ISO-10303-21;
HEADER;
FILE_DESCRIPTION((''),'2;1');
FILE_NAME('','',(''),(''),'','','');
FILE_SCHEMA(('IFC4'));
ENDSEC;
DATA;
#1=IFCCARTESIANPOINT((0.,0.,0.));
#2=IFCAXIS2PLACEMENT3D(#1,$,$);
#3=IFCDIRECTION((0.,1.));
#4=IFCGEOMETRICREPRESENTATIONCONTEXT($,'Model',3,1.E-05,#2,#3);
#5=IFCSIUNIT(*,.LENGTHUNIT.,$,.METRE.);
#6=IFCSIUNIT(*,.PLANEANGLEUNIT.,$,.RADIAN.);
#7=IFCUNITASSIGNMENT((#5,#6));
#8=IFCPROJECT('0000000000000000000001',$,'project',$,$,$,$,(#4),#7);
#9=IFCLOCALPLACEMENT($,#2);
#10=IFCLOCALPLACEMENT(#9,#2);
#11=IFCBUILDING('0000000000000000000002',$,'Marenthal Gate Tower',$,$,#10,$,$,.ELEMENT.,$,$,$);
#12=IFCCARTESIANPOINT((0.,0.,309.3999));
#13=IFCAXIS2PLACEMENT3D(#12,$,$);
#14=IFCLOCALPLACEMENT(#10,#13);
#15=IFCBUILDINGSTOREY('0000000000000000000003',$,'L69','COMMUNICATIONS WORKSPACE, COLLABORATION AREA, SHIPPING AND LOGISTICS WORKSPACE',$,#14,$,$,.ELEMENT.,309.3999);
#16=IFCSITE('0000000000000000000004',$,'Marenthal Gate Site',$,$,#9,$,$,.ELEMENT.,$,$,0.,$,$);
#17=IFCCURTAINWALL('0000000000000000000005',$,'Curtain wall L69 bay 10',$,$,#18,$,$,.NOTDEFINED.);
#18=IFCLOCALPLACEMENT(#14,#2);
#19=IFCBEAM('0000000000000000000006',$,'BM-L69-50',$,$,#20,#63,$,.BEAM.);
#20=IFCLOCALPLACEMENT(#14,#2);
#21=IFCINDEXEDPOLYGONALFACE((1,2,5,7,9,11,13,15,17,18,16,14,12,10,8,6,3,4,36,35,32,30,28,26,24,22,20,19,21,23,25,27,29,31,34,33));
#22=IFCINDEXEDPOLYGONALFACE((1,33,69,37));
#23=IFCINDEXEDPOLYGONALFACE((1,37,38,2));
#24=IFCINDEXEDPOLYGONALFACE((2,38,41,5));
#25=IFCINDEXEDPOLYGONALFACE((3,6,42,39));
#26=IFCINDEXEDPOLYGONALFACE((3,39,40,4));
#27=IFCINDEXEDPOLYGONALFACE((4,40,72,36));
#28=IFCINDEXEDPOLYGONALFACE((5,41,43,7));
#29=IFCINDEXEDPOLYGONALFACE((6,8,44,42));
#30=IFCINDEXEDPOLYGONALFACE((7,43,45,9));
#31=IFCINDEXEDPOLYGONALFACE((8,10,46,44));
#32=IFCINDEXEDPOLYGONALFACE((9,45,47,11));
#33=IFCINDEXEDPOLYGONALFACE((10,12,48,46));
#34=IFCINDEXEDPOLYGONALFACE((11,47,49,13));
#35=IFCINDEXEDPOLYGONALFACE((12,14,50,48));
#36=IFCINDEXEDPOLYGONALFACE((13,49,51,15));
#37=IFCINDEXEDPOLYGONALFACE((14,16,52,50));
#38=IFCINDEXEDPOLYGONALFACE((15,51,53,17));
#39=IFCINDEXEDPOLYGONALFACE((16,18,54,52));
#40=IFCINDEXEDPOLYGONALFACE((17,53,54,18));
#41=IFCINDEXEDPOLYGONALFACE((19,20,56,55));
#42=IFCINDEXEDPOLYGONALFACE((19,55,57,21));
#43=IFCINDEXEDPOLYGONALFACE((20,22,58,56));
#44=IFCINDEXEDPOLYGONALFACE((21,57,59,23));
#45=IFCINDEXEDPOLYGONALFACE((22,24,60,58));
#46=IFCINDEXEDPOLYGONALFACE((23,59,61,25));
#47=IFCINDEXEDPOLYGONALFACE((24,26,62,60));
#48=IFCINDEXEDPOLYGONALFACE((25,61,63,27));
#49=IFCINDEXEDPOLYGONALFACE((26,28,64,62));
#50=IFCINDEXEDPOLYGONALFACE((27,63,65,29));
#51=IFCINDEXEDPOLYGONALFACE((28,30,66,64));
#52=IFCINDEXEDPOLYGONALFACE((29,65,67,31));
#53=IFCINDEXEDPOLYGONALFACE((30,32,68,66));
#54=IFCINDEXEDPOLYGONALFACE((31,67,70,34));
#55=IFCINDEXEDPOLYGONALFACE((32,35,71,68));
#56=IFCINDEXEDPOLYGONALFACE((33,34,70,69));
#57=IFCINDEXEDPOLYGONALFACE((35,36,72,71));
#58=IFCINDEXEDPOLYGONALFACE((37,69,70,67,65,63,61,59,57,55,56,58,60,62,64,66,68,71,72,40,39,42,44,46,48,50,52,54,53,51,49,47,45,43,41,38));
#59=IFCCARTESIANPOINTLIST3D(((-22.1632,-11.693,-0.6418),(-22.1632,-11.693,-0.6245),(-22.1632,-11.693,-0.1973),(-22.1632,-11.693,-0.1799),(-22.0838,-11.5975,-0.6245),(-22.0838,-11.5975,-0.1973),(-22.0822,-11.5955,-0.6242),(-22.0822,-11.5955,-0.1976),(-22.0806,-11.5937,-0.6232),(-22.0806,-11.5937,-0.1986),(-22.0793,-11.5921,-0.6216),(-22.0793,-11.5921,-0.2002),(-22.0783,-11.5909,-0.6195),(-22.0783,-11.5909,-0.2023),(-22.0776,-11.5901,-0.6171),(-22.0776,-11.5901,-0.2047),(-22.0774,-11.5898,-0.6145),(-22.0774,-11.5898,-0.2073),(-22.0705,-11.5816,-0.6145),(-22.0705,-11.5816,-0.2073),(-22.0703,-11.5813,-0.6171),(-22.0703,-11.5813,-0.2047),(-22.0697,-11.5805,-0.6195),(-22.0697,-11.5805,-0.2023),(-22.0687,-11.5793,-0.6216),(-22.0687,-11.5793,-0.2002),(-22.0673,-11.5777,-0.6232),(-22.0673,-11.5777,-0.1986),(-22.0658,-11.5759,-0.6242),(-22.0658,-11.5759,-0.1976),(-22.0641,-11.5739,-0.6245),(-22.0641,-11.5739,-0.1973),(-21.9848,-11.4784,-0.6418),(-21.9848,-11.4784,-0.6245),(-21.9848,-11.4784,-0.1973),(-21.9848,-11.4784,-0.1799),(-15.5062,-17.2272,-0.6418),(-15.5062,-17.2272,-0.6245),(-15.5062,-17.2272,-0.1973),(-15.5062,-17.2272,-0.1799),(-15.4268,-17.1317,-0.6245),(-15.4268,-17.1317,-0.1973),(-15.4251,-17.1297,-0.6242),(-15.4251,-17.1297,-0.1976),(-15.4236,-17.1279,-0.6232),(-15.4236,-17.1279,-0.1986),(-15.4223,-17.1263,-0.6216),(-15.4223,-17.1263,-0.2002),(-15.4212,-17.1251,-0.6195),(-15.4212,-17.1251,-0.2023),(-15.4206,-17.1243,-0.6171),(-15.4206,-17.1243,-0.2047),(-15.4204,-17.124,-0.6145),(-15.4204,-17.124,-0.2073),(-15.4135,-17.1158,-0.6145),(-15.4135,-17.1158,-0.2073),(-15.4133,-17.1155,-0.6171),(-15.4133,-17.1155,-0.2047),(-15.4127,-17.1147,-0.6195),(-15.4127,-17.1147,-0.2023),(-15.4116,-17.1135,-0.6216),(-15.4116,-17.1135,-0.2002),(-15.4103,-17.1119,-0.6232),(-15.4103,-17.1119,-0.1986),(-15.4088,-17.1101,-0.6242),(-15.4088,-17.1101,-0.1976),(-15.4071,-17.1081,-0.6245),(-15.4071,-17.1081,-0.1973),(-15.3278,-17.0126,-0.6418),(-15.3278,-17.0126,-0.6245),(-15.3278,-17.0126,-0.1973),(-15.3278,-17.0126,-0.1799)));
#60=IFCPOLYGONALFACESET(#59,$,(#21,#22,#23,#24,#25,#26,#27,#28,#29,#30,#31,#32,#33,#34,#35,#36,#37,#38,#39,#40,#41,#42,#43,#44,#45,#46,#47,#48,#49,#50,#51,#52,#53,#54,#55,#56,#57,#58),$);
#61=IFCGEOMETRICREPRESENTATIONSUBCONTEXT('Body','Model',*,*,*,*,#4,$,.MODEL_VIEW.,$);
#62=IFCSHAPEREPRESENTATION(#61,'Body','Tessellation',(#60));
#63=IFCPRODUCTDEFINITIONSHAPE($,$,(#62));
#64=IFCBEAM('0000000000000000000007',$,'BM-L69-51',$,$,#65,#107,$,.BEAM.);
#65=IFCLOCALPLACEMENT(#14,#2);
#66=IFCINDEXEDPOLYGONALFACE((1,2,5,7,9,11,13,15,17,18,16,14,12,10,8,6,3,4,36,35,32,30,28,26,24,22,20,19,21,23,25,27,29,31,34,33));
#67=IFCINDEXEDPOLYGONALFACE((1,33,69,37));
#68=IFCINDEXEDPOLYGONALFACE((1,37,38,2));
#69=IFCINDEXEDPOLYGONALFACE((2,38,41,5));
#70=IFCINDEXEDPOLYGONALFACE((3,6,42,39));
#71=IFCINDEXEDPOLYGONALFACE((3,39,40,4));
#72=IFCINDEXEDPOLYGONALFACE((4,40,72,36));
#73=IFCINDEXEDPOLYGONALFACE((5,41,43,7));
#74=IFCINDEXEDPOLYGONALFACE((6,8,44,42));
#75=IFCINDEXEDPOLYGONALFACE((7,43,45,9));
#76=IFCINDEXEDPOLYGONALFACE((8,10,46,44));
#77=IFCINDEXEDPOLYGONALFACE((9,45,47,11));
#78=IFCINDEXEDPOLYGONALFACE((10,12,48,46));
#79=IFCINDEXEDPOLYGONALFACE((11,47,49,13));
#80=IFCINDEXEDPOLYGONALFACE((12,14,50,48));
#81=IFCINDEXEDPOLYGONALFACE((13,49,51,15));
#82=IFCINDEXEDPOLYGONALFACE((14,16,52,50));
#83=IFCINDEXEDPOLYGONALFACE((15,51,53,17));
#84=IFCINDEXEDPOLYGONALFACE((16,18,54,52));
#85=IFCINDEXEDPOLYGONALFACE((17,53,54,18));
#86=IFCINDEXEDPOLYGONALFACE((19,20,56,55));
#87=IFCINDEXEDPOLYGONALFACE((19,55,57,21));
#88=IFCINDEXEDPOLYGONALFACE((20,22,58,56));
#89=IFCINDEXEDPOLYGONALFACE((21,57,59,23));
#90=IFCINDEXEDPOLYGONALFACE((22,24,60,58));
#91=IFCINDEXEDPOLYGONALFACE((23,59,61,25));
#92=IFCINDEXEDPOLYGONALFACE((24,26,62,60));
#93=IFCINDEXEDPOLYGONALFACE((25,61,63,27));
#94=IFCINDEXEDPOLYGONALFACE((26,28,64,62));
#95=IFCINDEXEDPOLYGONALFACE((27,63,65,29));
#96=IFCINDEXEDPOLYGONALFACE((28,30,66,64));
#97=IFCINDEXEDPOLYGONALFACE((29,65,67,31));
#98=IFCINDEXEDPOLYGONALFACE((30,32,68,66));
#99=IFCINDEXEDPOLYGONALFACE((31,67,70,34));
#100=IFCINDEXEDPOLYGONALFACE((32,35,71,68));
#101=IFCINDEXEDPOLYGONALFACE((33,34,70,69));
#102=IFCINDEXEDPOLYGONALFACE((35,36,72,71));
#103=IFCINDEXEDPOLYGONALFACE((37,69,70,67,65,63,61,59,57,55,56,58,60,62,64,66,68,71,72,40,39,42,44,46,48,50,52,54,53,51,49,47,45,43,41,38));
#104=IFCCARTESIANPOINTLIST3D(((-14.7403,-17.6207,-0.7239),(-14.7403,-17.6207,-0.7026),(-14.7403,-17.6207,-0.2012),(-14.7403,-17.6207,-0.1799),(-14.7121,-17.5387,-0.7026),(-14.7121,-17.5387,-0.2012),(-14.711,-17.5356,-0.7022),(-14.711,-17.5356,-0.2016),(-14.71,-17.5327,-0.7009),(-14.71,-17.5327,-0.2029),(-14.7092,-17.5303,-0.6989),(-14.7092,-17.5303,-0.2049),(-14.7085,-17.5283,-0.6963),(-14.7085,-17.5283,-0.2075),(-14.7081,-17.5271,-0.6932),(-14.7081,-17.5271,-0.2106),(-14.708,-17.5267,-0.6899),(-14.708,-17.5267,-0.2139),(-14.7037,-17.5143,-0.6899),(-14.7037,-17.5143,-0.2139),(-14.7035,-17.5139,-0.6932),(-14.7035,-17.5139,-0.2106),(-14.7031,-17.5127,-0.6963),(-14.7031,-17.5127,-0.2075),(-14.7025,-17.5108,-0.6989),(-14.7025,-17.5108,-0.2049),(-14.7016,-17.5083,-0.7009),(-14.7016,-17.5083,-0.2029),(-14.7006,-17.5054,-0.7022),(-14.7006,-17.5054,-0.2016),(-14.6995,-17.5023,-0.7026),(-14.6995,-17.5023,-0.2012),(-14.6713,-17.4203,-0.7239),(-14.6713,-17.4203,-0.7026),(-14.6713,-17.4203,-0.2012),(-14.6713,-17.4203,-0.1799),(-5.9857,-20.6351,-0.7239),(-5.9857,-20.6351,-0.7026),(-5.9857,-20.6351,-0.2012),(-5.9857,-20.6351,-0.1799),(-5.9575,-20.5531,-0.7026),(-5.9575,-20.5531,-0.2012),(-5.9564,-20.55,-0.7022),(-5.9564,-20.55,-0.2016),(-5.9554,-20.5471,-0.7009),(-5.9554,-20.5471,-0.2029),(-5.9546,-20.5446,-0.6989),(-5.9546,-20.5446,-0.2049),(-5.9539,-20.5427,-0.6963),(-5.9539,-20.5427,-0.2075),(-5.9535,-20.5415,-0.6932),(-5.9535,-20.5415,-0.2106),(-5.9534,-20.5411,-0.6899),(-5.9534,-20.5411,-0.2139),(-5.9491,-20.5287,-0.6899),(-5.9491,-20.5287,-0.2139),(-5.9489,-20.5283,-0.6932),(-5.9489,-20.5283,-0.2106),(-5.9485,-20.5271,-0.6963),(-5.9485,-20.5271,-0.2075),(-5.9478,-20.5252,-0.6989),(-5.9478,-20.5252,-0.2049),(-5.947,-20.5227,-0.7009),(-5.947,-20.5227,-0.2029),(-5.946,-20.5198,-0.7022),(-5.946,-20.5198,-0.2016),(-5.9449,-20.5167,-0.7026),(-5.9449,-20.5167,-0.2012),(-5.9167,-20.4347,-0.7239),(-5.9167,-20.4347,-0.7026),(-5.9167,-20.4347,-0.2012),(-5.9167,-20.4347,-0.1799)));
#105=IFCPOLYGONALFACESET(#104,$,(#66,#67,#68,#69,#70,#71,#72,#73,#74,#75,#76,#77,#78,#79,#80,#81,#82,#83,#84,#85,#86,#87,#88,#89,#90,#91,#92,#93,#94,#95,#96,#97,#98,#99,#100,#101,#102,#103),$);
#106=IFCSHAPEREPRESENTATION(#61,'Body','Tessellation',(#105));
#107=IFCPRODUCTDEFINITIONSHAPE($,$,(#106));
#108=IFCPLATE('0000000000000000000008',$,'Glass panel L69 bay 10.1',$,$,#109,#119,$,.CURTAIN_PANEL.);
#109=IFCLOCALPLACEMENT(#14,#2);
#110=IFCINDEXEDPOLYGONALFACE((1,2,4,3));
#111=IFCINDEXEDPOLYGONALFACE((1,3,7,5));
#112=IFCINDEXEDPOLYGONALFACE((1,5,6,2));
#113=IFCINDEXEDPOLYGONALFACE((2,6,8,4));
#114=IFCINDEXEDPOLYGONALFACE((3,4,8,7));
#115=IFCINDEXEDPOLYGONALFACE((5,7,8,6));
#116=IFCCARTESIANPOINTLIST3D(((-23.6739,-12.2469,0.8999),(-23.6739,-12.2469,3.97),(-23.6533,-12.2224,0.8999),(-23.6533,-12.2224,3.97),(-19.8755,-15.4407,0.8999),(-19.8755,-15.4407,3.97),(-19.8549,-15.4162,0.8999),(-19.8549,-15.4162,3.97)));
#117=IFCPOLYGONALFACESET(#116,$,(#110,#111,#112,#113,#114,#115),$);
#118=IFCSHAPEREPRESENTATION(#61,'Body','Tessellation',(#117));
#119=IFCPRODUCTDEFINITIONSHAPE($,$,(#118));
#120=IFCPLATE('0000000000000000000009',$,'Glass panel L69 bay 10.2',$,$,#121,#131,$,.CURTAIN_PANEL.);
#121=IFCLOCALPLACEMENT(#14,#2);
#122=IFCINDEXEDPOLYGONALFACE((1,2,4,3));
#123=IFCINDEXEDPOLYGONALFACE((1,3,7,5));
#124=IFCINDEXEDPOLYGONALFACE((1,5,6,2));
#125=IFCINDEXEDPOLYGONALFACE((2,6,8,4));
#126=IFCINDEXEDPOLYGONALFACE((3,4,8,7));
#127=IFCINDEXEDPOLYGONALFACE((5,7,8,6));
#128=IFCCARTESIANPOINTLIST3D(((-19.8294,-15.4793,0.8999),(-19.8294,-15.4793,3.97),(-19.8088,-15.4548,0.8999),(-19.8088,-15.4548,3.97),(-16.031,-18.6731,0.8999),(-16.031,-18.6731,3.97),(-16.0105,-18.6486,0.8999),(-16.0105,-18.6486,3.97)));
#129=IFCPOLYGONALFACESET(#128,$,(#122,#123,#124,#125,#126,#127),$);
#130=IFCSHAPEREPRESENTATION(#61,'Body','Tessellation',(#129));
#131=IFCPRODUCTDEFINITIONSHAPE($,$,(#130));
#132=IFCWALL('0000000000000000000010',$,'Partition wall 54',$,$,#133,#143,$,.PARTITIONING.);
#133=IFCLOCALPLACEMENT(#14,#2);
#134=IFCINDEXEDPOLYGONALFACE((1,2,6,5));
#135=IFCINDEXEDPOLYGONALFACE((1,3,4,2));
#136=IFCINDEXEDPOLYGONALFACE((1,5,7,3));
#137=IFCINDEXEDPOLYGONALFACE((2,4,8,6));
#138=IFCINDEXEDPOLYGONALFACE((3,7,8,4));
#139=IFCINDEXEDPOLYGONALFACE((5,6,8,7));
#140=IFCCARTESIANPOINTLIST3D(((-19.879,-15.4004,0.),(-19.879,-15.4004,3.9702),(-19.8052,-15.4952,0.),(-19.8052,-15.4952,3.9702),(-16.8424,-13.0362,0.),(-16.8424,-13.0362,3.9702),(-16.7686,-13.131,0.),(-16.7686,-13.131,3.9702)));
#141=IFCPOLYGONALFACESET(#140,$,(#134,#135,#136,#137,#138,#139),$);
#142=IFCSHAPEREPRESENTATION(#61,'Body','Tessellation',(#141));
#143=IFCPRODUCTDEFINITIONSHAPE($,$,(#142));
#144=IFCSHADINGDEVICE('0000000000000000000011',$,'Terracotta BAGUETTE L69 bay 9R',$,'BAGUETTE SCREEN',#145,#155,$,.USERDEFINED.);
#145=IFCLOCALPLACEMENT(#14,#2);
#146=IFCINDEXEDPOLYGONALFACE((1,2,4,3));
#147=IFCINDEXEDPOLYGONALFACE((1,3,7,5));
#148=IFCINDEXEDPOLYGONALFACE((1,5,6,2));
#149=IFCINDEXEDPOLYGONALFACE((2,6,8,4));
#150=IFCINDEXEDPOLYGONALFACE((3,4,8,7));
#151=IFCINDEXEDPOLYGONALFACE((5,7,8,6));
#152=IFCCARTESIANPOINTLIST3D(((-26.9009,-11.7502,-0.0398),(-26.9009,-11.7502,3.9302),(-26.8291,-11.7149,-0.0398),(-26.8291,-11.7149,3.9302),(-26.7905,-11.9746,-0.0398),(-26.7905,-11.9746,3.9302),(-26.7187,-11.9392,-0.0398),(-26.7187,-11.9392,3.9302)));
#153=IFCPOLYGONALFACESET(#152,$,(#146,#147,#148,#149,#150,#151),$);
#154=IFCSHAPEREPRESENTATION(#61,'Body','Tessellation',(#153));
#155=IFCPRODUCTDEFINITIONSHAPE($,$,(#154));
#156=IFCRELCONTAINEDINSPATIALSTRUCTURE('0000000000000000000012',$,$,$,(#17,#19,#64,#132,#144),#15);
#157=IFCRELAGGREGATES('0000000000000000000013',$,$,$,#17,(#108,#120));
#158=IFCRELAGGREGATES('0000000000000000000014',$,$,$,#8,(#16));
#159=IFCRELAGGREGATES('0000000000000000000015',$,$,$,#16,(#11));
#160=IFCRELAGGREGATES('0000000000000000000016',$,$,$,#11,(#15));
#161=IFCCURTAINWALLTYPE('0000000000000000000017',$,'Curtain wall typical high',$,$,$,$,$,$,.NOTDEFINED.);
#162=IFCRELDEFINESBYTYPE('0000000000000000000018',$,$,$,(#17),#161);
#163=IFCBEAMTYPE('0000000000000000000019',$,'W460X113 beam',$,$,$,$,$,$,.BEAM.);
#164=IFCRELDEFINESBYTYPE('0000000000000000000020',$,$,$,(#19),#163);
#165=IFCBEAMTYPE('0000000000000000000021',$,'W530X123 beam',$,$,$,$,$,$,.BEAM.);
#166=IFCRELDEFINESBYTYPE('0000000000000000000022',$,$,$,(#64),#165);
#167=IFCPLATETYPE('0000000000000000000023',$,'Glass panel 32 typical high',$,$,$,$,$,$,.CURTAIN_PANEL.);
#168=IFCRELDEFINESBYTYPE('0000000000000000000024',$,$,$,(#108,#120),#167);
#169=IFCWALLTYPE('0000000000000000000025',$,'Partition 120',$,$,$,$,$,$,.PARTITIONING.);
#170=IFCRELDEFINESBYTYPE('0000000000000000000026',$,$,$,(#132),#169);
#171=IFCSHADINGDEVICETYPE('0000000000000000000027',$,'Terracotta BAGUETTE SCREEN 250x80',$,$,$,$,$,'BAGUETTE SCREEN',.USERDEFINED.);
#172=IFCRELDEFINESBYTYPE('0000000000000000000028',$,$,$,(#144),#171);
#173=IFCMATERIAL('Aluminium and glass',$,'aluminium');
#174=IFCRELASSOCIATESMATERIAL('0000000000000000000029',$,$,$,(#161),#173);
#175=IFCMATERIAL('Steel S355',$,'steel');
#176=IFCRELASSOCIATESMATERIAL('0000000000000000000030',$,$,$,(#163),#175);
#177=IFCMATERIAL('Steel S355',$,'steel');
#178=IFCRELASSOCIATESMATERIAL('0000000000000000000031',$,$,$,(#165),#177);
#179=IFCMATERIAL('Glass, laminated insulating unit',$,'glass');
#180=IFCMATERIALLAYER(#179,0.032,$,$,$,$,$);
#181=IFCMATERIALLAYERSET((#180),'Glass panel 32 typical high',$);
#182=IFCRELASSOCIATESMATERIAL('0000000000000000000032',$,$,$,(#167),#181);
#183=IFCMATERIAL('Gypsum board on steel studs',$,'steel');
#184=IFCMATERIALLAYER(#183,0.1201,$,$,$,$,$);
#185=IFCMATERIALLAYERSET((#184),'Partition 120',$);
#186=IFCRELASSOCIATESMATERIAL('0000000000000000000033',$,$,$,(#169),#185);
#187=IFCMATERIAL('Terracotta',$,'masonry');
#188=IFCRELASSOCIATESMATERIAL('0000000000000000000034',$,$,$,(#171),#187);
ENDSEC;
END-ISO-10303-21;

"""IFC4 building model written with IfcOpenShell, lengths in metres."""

from ifc_helpers import new_model, si_unit, direction, frame, frame_2d, origin, origin_2d, place, context, subcontext, project, spatial, rectangle, i_section, extrude, material, layer, layer_set, material_profile, profile_set, type_object, element, aggregate, save


model = new_model("IFC4")

# Units and contexts
model_context = context("Model", 3, precision=1e-05, world=origin(), true_north=direction((0.0, 1.0)))
body_context = subcontext(model_context, "Body", "Model", "MODEL_VIEW")
ifc_project = project(units=[si_unit("LENGTHUNIT", "METRE"), si_unit("PLANEANGLEUNIT", "RADIAN")], contexts=[model_context])

# Site, building, storey
site_placement = place(None, origin())
site = spatial("IfcSite", under=ifc_project, at=site_placement, Name="Marenthal Gate Site", CompositionType="ELEMENT", RefElevation=0.0)
building_placement = place(site_placement, origin())
building = spatial("IfcBuilding", under=site, at=building_placement, Name="Marenthal Gate Tower", CompositionType="ELEMENT")
storey_placement = place(building_placement, frame((0.0, 0.0, 309.3999)))
storey = spatial("IfcBuildingStorey", under=building, at=storey_placement, Name="L69", Description="COMMUNICATIONS WORKSPACE, COLLABORATION AREA, SHIPPING AND LOGISTICS WORKSPACE", CompositionType="ELEMENT", Elevation=309.3999)

# Curtain wall
ifc_material_1 = material(Name="Aluminium and glass", Category="aluminium")
curtain_wall_type = type_object("IfcCurtainWallType", Name="Curtain wall typical high", PredefinedType="NOTDEFINED", material=ifc_material_1)
curtain_wall_placement = place(storey_placement, origin())
curtain_wall = element("IfcCurtainWall", 1, at=curtain_wall_placement, inside=storey, type_object=curtain_wall_type, Name="Curtain wall L69 bay 10", PredefinedType="NOTDEFINED")

# Beams
ifc_material_2 = material(Name="Steel S355", Category="steel")
ifc_material_profile_1 = material_profile(ifc_material_2, i_section(OverallWidth=0.2791, OverallDepth=0.4619, WebThickness=0.0107, FlangeThickness=0.0173, FilletRadius=0.01, at=origin_2d()), Name="W460X113")
ifc_profile_set_1 = profile_set([ifc_material_profile_1], Name="Steel S355")
beam_type_1 = type_object("IfcBeamType", Name="W460X113 beam", PredefinedType="BEAM", material=ifc_profile_set_1)
beam_1_placement = place(storey_placement, frame((-22.074, -11.5857, -0.4109), z_axis=(0.768977, -0.639277, 0.0), x_axis=(0.639277, 0.768977, 0.0)))
element("IfcBeam", 2, at=beam_1_placement, inside=storey, type_object=beam_type_1, Name="BM-L69-50", PredefinedType="BEAM", context=body_context, shape_type="SweptSolid", body=[
    extrude(i_section(OverallWidth=0.2791, OverallDepth=0.4619, WebThickness=0.0107, FlangeThickness=0.0173, FilletRadius=0.01, at=origin_2d()), origin(), (0.0, 0.0, 1.0), 8.657),
])
ifc_material_3 = material(Name="Steel S355", Category="steel")
ifc_material_profile_2 = material_profile(ifc_material_3, i_section(OverallWidth=0.2119, OverallDepth=0.5439, WebThickness=0.0132, FlangeThickness=0.0212, FilletRadius=0.0127, at=origin_2d()), Name="W530X123")
ifc_profile_set_2 = profile_set([ifc_material_profile_2], Name="Steel S355")
beam_type_2 = type_object("IfcBeamType", Name="W530X123 beam", PredefinedType="BEAM", material=ifc_profile_set_2)
beam_2_placement = place(storey_placement, frame((-14.7058, -17.5205, -0.4519), z_axis=(0.945521, -0.325562, 0.0), x_axis=(0.325562, 0.945521, 0.0)))
element("IfcBeam", 3, at=beam_2_placement, inside=storey, type_object=beam_type_2, Name="BM-L69-51", PredefinedType="BEAM", context=body_context, shape_type="SweptSolid", body=[
    extrude(i_section(OverallWidth=0.2119, OverallDepth=0.5439, WebThickness=0.0132, FlangeThickness=0.0212, FilletRadius=0.0127, at=origin_2d()), origin(), (0.0, 0.0, 1.0), 9.259),
])

# Plates
ifc_material_4 = material(Name="Glass, laminated insulating unit", Category="glass")
ifc_layer_1 = layer(ifc_material_4, 0.032)
ifc_layer_set_1 = layer_set([ifc_layer_1], Name="Glass panel 32 typical high")
plate_type = type_object("IfcPlateType", Name="Glass panel 32 typical high", PredefinedType="CURTAIN_PANEL", material=ifc_layer_set_1)
plate_1_placement = place(storey_placement, frame((-21.7644, -13.8315, 0.8999), z_axis=(0.0, 0.0, 1.0), x_axis=(0.765387, -0.64357, 0.0)))
plate_1 = element("IfcPlate", 4, at=plate_1_placement, type_object=plate_type, Name="Glass panel L69 bay 10.1", PredefinedType="CURTAIN_PANEL", context=body_context, shape_type="SweptSolid", body=[
    extrude(rectangle(XDim=4.9626, YDim=0.032, at=origin_2d()), origin(), (0.0, 0.0, 1.0), 3.0701),
])
plate_2_placement = place(storey_placement, frame((-17.9199, -17.064, 0.8999), z_axis=(0.0, 0.0, 1.0), x_axis=(0.765387, -0.64357, 0.0)))
plate_2 = element("IfcPlate", 5, at=plate_2_placement, type_object=plate_type, Name="Glass panel L69 bay 10.2", PredefinedType="CURTAIN_PANEL", context=body_context, shape_type="SweptSolid", body=[
    extrude(rectangle(XDim=4.9626, YDim=0.032, at=origin_2d()), origin(), (0.0, 0.0, 1.0), 3.0701),
])
aggregate(curtain_wall, [plate_1, plate_2])

# Wall
ifc_material_5 = material(Name="Gypsum board on steel studs", Category="steel")
ifc_layer_2 = layer(ifc_material_5, 0.1201)
ifc_layer_set_2 = layer_set([ifc_layer_2], Name="Partition 120")
wall_type_1 = type_object("IfcWallType", Name="Partition 120", PredefinedType="PARTITIONING", material=ifc_layer_set_2)
wall_1_placement = place(storey_placement, frame((-16.8054, -13.0835, 0.0), z_axis=(0.0, 0.0, 1.0), x_axis=(-0.789045, -0.614336, 0.0)))
element("IfcWall", 6, at=wall_1_placement, inside=storey, type_object=wall_type_1, Name="Partition wall 54", PredefinedType="PARTITIONING", context=body_context, shape_type="SweptSolid", body=[
    extrude(rectangle(XDim=3.8484, YDim=0.1201, at=frame_2d((1.9243, 0.0))), origin(), (0.0, 0.0, 1.0), 3.9702),
])

# Shading device
ifc_material_6 = material(Name="Terracotta", Category="masonry")
ifc_material_profile_3 = material_profile(ifc_material_6, rectangle(XDim=0.25, YDim=0.0801, at=origin_2d()), Name="Terracotta baguette 250x80")
ifc_profile_set_3 = profile_set([ifc_material_profile_3], Name="Terracotta")
shading_device_type = type_object("IfcShadingDeviceType", Name="Terracotta BAGUETTE SCREEN 250x80", ElementType="BAGUETTE SCREEN", PredefinedType="USERDEFINED", material=ifc_profile_set_3)
shading_device_placement = place(storey_placement, frame((-26.8098, -11.8447, -0.0398), z_axis=(0.0, 0.0, 1.0), x_axis=(0.441518, -0.897253, 0.0)))
element("IfcShadingDevice", 7, at=shading_device_placement, inside=storey, type_object=shading_device_type, Name="Terracotta BAGUETTE L69 bay 9R", ObjectType="BAGUETTE SCREEN", PredefinedType="USERDEFINED", context=body_context, shape_type="SweptSolid", body=[
    extrude(rectangle(XDim=0.25, YDim=0.0801, at=origin_2d()), origin(), (0.0, 0.0, 1.0), 3.97),
])

save(model, "model.ifc")
